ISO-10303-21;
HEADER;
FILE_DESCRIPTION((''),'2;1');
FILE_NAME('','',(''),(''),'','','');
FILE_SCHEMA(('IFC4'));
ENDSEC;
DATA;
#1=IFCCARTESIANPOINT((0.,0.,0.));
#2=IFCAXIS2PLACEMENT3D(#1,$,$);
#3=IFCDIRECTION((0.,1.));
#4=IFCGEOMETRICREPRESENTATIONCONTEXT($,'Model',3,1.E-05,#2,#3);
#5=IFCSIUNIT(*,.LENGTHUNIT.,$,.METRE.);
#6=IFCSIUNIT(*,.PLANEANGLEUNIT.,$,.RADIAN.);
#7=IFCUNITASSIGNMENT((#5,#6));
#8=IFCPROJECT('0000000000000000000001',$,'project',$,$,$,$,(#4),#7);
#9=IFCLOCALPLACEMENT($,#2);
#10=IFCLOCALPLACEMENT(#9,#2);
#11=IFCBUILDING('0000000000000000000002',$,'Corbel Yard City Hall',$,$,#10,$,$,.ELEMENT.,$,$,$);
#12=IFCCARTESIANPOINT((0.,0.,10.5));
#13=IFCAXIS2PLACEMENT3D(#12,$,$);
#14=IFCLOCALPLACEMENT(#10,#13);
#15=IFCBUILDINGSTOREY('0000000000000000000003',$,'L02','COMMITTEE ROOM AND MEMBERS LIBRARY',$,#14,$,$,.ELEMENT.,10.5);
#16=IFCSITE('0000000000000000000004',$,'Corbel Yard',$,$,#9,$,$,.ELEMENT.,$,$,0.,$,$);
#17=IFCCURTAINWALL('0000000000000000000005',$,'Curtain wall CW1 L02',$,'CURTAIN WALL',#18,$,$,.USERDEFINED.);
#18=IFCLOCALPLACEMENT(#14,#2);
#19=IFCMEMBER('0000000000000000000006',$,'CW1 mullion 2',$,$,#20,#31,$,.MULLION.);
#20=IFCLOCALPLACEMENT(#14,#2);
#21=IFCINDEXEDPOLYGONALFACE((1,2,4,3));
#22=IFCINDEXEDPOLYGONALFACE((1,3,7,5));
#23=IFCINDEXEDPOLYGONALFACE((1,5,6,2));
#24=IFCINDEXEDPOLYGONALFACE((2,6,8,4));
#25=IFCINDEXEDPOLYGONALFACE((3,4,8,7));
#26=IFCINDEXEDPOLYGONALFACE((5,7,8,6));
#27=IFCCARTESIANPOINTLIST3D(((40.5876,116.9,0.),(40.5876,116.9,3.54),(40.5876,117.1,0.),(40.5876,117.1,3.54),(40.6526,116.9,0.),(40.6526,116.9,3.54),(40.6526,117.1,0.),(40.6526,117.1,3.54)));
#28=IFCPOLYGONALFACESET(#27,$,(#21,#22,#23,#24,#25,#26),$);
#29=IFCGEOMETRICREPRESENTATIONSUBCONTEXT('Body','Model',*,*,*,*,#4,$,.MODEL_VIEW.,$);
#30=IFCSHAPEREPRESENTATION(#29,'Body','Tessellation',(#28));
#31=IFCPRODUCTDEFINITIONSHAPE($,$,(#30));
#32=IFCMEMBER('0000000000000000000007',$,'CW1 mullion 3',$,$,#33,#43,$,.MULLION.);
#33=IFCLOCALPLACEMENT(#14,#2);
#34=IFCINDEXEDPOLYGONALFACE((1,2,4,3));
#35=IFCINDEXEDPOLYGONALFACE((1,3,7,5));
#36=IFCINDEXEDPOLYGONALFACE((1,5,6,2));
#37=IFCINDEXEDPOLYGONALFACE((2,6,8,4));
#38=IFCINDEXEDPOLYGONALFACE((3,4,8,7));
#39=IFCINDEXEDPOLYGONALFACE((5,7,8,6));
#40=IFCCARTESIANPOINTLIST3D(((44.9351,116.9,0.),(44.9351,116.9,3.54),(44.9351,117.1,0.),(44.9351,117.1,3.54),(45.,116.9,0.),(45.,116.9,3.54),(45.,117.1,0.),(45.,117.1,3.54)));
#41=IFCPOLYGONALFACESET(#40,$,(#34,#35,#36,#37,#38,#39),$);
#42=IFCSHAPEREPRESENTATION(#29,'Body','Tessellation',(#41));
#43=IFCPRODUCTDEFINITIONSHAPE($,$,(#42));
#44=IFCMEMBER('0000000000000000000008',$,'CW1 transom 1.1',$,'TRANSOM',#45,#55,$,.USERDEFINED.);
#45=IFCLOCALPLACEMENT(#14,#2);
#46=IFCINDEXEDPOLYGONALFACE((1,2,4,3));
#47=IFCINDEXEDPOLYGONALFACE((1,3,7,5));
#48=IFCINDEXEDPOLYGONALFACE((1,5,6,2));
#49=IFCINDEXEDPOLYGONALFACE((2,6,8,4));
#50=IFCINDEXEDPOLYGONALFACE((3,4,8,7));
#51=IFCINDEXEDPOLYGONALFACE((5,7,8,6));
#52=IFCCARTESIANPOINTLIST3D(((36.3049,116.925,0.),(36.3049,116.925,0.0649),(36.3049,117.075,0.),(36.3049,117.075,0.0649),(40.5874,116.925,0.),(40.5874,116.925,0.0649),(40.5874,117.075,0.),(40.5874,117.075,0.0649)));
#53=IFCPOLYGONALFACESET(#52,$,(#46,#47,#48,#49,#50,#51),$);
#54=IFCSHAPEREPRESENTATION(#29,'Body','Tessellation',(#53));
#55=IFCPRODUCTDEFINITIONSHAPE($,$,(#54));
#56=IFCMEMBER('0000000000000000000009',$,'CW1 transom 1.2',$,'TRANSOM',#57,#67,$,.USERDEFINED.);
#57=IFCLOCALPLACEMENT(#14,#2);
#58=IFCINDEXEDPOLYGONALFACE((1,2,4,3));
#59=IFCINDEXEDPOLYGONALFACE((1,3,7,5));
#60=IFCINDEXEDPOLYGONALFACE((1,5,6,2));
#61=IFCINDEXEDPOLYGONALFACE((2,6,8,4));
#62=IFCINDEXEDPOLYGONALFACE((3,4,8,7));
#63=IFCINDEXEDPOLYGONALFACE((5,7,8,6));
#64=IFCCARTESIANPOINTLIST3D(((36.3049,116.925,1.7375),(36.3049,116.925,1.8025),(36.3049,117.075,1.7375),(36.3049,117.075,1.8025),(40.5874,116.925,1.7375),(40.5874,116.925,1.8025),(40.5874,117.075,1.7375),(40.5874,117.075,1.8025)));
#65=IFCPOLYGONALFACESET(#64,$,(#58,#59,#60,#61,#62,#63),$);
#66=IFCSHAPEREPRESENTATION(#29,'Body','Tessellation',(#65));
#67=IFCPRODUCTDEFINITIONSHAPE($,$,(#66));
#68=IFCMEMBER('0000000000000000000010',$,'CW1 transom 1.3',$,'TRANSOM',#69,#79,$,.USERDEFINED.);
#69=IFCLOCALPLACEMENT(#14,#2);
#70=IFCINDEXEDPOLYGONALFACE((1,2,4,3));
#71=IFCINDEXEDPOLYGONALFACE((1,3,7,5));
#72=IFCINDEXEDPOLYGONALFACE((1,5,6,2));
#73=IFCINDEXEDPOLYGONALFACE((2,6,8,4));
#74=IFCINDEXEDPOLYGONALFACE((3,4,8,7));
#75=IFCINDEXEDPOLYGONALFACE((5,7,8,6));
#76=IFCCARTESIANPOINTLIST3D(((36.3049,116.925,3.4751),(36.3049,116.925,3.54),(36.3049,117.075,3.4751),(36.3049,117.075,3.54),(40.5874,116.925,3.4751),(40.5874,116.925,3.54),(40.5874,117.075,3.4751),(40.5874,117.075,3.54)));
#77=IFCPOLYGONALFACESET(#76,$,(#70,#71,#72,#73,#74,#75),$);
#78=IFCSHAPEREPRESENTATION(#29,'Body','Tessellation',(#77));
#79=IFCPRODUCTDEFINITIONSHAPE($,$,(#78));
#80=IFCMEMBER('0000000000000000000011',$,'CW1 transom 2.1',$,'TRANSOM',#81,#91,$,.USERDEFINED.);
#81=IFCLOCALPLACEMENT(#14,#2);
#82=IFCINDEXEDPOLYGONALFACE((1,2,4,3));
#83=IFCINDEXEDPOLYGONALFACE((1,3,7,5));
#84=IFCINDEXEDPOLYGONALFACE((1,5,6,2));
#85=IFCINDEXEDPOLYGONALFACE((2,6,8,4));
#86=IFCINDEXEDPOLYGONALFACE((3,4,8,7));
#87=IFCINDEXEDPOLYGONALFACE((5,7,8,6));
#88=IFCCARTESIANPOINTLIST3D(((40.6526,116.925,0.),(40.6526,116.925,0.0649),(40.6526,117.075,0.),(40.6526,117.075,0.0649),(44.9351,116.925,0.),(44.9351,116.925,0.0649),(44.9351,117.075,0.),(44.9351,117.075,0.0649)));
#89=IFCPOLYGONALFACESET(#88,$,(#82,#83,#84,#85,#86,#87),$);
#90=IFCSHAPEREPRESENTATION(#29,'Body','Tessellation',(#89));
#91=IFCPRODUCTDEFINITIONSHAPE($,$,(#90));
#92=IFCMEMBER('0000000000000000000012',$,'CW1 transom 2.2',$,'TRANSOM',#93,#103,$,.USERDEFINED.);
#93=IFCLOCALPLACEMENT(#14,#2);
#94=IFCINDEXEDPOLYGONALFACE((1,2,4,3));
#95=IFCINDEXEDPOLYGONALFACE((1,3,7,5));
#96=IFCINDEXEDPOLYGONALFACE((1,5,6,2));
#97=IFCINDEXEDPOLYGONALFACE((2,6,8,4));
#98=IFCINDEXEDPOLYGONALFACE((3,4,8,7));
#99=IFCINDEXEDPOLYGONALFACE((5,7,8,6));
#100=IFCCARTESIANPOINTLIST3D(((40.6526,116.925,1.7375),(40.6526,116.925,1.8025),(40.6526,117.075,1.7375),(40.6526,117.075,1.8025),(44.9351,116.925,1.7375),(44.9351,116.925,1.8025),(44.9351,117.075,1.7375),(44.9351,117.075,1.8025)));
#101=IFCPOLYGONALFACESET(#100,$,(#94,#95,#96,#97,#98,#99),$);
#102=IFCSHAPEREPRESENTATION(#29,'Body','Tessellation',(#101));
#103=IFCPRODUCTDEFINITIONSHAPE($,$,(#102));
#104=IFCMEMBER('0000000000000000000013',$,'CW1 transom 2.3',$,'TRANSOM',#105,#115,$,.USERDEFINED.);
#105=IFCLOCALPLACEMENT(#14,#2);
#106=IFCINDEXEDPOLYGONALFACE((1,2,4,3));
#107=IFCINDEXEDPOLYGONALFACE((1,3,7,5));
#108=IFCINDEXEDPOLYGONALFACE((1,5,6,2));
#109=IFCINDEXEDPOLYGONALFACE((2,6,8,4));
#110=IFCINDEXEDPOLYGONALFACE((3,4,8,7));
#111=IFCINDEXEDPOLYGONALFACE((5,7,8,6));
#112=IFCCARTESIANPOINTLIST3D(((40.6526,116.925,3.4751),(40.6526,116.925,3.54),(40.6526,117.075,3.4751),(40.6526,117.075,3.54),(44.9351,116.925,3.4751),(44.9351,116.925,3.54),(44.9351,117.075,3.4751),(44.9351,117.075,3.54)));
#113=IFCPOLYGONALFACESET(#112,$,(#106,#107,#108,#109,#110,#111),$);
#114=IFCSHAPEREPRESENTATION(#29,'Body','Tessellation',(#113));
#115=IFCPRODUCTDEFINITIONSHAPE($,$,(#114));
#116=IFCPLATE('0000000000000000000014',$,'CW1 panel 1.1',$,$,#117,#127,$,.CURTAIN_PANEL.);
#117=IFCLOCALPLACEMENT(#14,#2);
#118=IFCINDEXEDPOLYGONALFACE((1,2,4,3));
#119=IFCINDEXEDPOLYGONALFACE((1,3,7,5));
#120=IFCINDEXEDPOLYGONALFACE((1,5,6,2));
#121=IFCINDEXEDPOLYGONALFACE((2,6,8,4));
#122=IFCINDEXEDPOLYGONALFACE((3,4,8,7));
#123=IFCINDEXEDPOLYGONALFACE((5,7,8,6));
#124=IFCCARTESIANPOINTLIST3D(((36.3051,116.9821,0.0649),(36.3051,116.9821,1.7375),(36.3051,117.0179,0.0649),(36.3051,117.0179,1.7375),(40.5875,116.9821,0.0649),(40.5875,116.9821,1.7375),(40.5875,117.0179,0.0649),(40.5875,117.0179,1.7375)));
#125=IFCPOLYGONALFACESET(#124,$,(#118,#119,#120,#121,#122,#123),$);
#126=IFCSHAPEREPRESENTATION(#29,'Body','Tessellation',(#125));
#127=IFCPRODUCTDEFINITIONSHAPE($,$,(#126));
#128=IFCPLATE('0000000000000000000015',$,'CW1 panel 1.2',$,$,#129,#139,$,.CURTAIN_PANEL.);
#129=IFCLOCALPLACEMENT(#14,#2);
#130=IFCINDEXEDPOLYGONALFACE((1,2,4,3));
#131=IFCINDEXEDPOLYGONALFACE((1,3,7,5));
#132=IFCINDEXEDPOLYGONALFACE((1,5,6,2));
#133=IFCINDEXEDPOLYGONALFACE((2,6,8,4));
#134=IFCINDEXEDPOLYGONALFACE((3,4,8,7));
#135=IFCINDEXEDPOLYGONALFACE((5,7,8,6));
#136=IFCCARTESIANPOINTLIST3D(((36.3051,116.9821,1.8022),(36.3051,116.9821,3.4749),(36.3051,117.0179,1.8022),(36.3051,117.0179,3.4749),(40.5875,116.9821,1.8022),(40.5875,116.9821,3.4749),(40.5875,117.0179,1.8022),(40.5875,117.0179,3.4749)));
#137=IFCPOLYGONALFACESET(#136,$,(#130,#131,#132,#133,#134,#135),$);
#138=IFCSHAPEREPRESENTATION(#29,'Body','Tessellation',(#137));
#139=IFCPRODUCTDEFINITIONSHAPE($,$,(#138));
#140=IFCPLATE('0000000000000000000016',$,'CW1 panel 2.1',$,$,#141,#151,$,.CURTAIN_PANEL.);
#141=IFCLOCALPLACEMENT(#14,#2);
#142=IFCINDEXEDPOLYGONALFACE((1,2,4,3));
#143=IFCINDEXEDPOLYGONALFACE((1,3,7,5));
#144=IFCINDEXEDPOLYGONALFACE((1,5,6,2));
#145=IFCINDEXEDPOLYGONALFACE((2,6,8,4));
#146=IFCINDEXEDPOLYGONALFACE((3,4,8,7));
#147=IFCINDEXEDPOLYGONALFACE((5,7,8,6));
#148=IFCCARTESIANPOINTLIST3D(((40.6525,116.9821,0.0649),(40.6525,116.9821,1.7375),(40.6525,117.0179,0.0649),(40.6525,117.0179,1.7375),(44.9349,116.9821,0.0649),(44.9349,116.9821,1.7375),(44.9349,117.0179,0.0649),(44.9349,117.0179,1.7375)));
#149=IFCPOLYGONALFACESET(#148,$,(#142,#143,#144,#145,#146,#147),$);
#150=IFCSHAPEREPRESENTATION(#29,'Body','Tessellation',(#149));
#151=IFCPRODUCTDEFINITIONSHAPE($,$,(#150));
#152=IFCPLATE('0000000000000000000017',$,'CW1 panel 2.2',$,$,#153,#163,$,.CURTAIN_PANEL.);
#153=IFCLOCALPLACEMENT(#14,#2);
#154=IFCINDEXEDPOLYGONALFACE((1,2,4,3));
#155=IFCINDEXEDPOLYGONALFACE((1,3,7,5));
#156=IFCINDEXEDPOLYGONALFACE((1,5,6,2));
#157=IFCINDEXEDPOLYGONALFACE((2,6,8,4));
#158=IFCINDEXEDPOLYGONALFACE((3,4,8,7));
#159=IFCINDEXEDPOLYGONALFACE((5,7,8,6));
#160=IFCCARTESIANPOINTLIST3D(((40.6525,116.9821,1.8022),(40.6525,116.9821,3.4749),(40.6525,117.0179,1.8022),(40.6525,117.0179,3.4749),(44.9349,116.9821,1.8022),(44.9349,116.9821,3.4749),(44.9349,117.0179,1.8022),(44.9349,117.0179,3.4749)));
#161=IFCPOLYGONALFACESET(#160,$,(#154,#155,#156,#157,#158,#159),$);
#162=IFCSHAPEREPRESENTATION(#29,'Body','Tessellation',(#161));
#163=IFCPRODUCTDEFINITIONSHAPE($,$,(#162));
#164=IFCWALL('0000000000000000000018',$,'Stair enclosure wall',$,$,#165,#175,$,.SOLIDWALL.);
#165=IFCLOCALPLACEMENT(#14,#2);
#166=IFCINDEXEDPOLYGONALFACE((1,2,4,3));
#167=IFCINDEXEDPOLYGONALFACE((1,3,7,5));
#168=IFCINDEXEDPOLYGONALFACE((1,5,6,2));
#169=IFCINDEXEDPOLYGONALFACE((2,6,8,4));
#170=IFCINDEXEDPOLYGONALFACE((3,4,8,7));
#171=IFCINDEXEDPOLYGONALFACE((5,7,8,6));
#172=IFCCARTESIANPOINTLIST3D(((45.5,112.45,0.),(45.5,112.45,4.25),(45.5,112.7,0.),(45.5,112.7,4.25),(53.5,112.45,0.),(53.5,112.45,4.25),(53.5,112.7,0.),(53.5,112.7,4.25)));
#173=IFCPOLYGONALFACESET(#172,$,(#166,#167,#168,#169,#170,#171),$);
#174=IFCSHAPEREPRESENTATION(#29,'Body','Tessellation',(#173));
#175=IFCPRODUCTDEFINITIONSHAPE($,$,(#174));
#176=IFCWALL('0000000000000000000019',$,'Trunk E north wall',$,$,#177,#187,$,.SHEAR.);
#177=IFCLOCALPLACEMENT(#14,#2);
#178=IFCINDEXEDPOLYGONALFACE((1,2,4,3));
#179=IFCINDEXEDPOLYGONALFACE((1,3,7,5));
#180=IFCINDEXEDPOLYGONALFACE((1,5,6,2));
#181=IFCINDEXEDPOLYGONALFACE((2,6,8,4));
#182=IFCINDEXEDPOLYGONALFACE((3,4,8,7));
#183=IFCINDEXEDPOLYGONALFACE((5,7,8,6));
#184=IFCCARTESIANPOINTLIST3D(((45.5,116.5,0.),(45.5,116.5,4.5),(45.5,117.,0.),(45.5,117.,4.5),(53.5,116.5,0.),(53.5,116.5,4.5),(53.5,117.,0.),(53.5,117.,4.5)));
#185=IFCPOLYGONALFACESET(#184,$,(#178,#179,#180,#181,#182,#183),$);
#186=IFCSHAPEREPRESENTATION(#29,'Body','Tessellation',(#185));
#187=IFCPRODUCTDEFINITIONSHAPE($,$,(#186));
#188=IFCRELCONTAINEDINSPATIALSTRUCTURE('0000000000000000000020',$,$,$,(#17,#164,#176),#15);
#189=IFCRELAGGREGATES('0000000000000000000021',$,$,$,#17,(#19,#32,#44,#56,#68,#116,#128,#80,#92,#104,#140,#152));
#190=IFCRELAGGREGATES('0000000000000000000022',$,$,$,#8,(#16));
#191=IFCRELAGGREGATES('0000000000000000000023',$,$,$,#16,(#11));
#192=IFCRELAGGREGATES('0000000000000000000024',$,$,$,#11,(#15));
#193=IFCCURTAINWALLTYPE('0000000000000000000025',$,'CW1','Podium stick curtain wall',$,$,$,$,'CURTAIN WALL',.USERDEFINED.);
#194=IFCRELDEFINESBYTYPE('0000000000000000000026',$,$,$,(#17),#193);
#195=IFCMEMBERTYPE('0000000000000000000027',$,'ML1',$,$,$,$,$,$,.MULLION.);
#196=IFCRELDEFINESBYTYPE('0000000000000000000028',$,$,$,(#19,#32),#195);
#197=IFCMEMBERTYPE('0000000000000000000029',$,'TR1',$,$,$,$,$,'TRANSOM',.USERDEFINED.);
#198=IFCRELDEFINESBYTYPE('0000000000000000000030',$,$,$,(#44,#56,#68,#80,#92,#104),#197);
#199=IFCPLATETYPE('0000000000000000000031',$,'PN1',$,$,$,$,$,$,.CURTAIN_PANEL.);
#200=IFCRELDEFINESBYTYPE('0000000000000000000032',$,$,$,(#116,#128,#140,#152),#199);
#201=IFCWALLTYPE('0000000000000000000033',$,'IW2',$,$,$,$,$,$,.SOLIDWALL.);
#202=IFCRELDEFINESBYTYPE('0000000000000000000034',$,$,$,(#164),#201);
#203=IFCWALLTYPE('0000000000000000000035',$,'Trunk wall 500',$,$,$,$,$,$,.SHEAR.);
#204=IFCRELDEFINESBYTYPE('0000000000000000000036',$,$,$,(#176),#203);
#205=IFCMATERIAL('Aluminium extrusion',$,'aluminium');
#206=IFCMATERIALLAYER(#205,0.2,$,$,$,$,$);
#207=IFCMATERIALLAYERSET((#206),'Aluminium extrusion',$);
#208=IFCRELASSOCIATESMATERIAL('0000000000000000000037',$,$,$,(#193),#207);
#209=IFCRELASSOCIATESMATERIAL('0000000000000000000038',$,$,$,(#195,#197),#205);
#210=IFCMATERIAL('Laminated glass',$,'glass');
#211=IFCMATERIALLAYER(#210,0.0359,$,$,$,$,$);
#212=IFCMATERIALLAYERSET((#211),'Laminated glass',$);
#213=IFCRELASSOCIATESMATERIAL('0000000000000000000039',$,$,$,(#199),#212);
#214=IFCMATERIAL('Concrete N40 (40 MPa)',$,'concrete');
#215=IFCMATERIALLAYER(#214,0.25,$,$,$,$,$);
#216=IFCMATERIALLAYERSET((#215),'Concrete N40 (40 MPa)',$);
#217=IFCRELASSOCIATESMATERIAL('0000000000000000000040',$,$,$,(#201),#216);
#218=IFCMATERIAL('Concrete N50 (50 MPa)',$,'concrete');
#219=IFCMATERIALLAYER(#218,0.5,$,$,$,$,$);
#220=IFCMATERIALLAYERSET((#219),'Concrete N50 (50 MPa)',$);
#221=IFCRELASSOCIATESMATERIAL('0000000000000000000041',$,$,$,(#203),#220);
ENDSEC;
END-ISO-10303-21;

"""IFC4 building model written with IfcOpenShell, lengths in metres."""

from ifc_helpers import new_model, si_unit, direction, frame, frame_2d, origin, origin_2d, place, context, subcontext, project, spatial, rectangle, extrude, material, layer, layer_set, material_profile, profile_set, type_object, element, aggregate, save


model = new_model("IFC4")

# Units and contexts
model_context = context("Model", 3, precision=1e-05, world=origin(), true_north=direction((0.0, 1.0)))
body_context = subcontext(model_context, "Body", "Model", "MODEL_VIEW")
ifc_project = project(units=[si_unit("LENGTHUNIT", "METRE"), si_unit("PLANEANGLEUNIT", "RADIAN")], contexts=[model_context])

# Site, building, storey
site_placement = place(None, origin())
site = spatial("IfcSite", under=ifc_project, at=site_placement, Name="Corbel Yard", CompositionType="ELEMENT", RefElevation=0.0)
building_placement = place(site_placement, origin())
building = spatial("IfcBuilding", under=site, at=building_placement, Name="Corbel Yard City Hall", CompositionType="ELEMENT")
storey_placement = place(building_placement, frame((0.0, 0.0, 10.5)))
storey = spatial("IfcBuildingStorey", under=building, at=storey_placement, Name="L02", Description="COMMITTEE ROOM AND MEMBERS LIBRARY", CompositionType="ELEMENT", Elevation=10.5)

# Curtain wall, members, plates
ifc_material_1 = material(Name="Aluminium extrusion", Category="aluminium")
ifc_layer_1 = layer(ifc_material_1, 0.2)
ifc_layer_set_1 = layer_set([ifc_layer_1], Name="Aluminium extrusion")
curtain_wall_type = type_object("IfcCurtainWallType", Name="CW1", Description="Podium stick curtain wall", ElementType="CURTAIN WALL", PredefinedType="USERDEFINED", material=ifc_layer_set_1)
curtain_wall_placement = place(storey_placement, origin())
curtain_wall = element("IfcCurtainWall", 1, at=curtain_wall_placement, inside=storey, type_object=curtain_wall_type, Name="Curtain wall CW1 L02", ObjectType="CURTAIN WALL", PredefinedType="USERDEFINED")
ifc_material_profile_1 = material_profile(ifc_material_1, rectangle(XDim=0.2, YDim=0.0649, at=origin_2d()), Name="200x65")
ifc_profile_set_1 = profile_set([ifc_material_profile_1], Name="Aluminium extrusion")
member_type_1 = type_object("IfcMemberType", Name="ML1", PredefinedType="MULLION", material=ifc_profile_set_1)
member_1_placement = place(storey_placement, frame((40.6201, 117.0, 0.0), z_axis=(0.0, 0.0, 1.0), x_axis=(0.0, 1.0, 0.0)))
member_1 = element("IfcMember", 2, at=member_1_placement, type_object=member_type_1, Name="CW1 mullion 2", PredefinedType="MULLION", context=body_context, shape_type="SweptSolid", body=[
    extrude(rectangle(XDim=0.2, YDim=0.0649, at=origin_2d()), origin(), (0.0, 0.0, 1.0), 3.54),
])
member_2_placement = place(storey_placement, frame((44.9675, 117.0, 0.0), z_axis=(0.0, 0.0, 1.0), x_axis=(0.0, 1.0, 0.0)))
member_2 = element("IfcMember", 3, at=member_2_placement, type_object=member_type_1, Name="CW1 mullion 3", PredefinedType="MULLION", context=body_context, shape_type="SweptSolid", body=[
    extrude(rectangle(XDim=0.2, YDim=0.0649, at=origin_2d()), origin(), (0.0, 0.0, 1.0), 3.54),
])
ifc_material_profile_2 = material_profile(ifc_material_1, rectangle(XDim=0.1499, YDim=0.0649, at=origin_2d()), Name="150x65")
ifc_profile_set_2 = profile_set([ifc_material_profile_2], Name="Aluminium extrusion")
member_type_2 = type_object("IfcMemberType", Name="TR1", ElementType="TRANSOM", PredefinedType="USERDEFINED", material=ifc_profile_set_2)
member_3_placement = place(storey_placement, frame((36.3049, 117.0, 0.0325), z_axis=(1.0, 0.0, 0.0), x_axis=(0.0, 1.0, 0.0)))
member_3 = element("IfcMember", 4, at=member_3_placement, type_object=member_type_2, Name="CW1 transom 1.1", ObjectType="TRANSOM", PredefinedType="USERDEFINED", context=body_context, shape_type="SweptSolid", body=[
    extrude(rectangle(XDim=0.1499, YDim=0.0649, at=origin_2d()), origin(), (0.0, 0.0, 1.0), 4.2825),
])
member_4_placement = place(storey_placement, frame((36.3049, 117.0, 1.77), z_axis=(1.0, 0.0, 0.0), x_axis=(0.0, 1.0, 0.0)))
member_4 = element("IfcMember", 5, at=member_4_placement, type_object=member_type_2, Name="CW1 transom 1.2", ObjectType="TRANSOM", PredefinedType="USERDEFINED", context=body_context, shape_type="SweptSolid", body=[
    extrude(rectangle(XDim=0.1499, YDim=0.0649, at=origin_2d()), origin(), (0.0, 0.0, 1.0), 4.2825),
])
member_5_placement = place(storey_placement, frame((36.3049, 117.0, 3.5076), z_axis=(1.0, 0.0, 0.0), x_axis=(0.0, 1.0, 0.0)))
member_5 = element("IfcMember", 6, at=member_5_placement, type_object=member_type_2, Name="CW1 transom 1.3", ObjectType="TRANSOM", PredefinedType="USERDEFINED", context=body_context, shape_type="SweptSolid", body=[
    extrude(rectangle(XDim=0.1499, YDim=0.0649, at=origin_2d()), origin(), (0.0, 0.0, 1.0), 4.2825),
])
member_6_placement = place(storey_placement, frame((40.6526, 117.0, 0.0325), z_axis=(1.0, 0.0, 0.0), x_axis=(0.0, 1.0, 0.0)))
member_6 = element("IfcMember", 7, at=member_6_placement, type_object=member_type_2, Name="CW1 transom 2.1", ObjectType="TRANSOM", PredefinedType="USERDEFINED", context=body_context, shape_type="SweptSolid", body=[
    extrude(rectangle(XDim=0.1499, YDim=0.0649, at=origin_2d()), origin(), (0.0, 0.0, 1.0), 4.2825),
])
member_7_placement = place(storey_placement, frame((40.6526, 117.0, 1.77), z_axis=(1.0, 0.0, 0.0), x_axis=(0.0, 1.0, 0.0)))
member_7 = element("IfcMember", 8, at=member_7_placement, type_object=member_type_2, Name="CW1 transom 2.2", ObjectType="TRANSOM", PredefinedType="USERDEFINED", context=body_context, shape_type="SweptSolid", body=[
    extrude(rectangle(XDim=0.1499, YDim=0.0649, at=origin_2d()), origin(), (0.0, 0.0, 1.0), 4.2825),
])
member_8_placement = place(storey_placement, frame((40.6526, 117.0, 3.5076), z_axis=(1.0, 0.0, 0.0), x_axis=(0.0, 1.0, 0.0)))
member_8 = element("IfcMember", 9, at=member_8_placement, type_object=member_type_2, Name="CW1 transom 2.3", ObjectType="TRANSOM", PredefinedType="USERDEFINED", context=body_context, shape_type="SweptSolid", body=[
    extrude(rectangle(XDim=0.1499, YDim=0.0649, at=origin_2d()), origin(), (0.0, 0.0, 1.0), 4.2825),
])
ifc_material_2 = material(Name="Laminated glass", Category="glass")
ifc_layer_2 = layer(ifc_material_2, 0.0359)
ifc_layer_set_2 = layer_set([ifc_layer_2], Name="Laminated glass")
plate_type = type_object("IfcPlateType", Name="PN1", PredefinedType="CURTAIN_PANEL", material=ifc_layer_set_2)
plate_1_placement = place(storey_placement, frame((38.4463, 117.0, 0.0649), z_axis=(0.0, 0.0, 1.0), x_axis=(1.0, 0.0, 0.0)))
plate_1 = element("IfcPlate", 10, at=plate_1_placement, type_object=plate_type, Name="CW1 panel 1.1", PredefinedType="CURTAIN_PANEL", context=body_context, shape_type="SweptSolid", body=[
    extrude(rectangle(XDim=4.2825, YDim=0.0359, at=origin_2d()), origin(), (0.0, 0.0, 1.0), 1.6726),
])
plate_2_placement = place(storey_placement, frame((38.4463, 117.0, 1.8022), z_axis=(0.0, 0.0, 1.0), x_axis=(1.0, 0.0, 0.0)))
plate_2 = element("IfcPlate", 11, at=plate_2_placement, type_object=plate_type, Name="CW1 panel 1.2", PredefinedType="CURTAIN_PANEL", context=body_context, shape_type="SweptSolid", body=[
    extrude(rectangle(XDim=4.2825, YDim=0.0359, at=origin_2d()), origin(), (0.0, 0.0, 1.0), 1.6726),
])
plate_3_placement = place(storey_placement, frame((42.7937, 117.0, 0.0649), z_axis=(0.0, 0.0, 1.0), x_axis=(1.0, 0.0, 0.0)))
plate_3 = element("IfcPlate", 12, at=plate_3_placement, type_object=plate_type, Name="CW1 panel 2.1", PredefinedType="CURTAIN_PANEL", context=body_context, shape_type="SweptSolid", body=[
    extrude(rectangle(XDim=4.2825, YDim=0.0359, at=origin_2d()), origin(), (0.0, 0.0, 1.0), 1.6726),
])
plate_4_placement = place(storey_placement, frame((42.7937, 117.0, 1.8022), z_axis=(0.0, 0.0, 1.0), x_axis=(1.0, 0.0, 0.0)))
plate_4 = element("IfcPlate", 13, at=plate_4_placement, type_object=plate_type, Name="CW1 panel 2.2", PredefinedType="CURTAIN_PANEL", context=body_context, shape_type="SweptSolid", body=[
    extrude(rectangle(XDim=4.2825, YDim=0.0359, at=origin_2d()), origin(), (0.0, 0.0, 1.0), 1.6726),
])
aggregate(curtain_wall, [member_1, member_2, member_3, member_4, member_5, plate_1, plate_2, member_6, member_7, member_8, plate_3, plate_4])

# Walls
ifc_material_3 = material(Name="Concrete N40 (40 MPa)", Category="concrete")
ifc_layer_3 = layer(ifc_material_3, 0.25)
ifc_layer_set_3 = layer_set([ifc_layer_3], Name="Concrete N40 (40 MPa)")
wall_type_1 = type_object("IfcWallType", Name="IW2", PredefinedType="SOLIDWALL", material=ifc_layer_set_3)
wall_1_placement = place(storey_placement, frame((45.5, 112.575, 0.0), z_axis=(0.0, 0.0, 1.0), x_axis=(1.0, 0.0, 0.0)))
element("IfcWall", 14, at=wall_1_placement, inside=storey, type_object=wall_type_1, Name="Stair enclosure wall", PredefinedType="SOLIDWALL", context=body_context, shape_type="SweptSolid", body=[
    extrude(rectangle(XDim=8.0, YDim=0.25, at=frame_2d((4.0, 0.0))), origin(), (0.0, 0.0, 1.0), 4.25),
])
ifc_material_4 = material(Name="Concrete N50 (50 MPa)", Category="concrete")
ifc_layer_4 = layer(ifc_material_4, 0.5)
ifc_layer_set_4 = layer_set([ifc_layer_4], Name="Concrete N50 (50 MPa)")
wall_type_2 = type_object("IfcWallType", Name="Trunk wall 500", PredefinedType="SHEAR", material=ifc_layer_set_4)
wall_2_placement = place(storey_placement, frame((45.5, 116.75, 0.0), z_axis=(0.0, 0.0, 1.0), x_axis=(1.0, 0.0, 0.0)))
element("IfcWall", 15, at=wall_2_placement, inside=storey, type_object=wall_type_2, Name="Trunk E north wall", PredefinedType="SHEAR", context=body_context, shape_type="SweptSolid", body=[
    extrude(rectangle(XDim=8.0, YDim=0.5, at=frame_2d((4.0, 0.0))), origin(), (0.0, 0.0, 1.0), 4.5),
])

save(model, "model.ifc")
